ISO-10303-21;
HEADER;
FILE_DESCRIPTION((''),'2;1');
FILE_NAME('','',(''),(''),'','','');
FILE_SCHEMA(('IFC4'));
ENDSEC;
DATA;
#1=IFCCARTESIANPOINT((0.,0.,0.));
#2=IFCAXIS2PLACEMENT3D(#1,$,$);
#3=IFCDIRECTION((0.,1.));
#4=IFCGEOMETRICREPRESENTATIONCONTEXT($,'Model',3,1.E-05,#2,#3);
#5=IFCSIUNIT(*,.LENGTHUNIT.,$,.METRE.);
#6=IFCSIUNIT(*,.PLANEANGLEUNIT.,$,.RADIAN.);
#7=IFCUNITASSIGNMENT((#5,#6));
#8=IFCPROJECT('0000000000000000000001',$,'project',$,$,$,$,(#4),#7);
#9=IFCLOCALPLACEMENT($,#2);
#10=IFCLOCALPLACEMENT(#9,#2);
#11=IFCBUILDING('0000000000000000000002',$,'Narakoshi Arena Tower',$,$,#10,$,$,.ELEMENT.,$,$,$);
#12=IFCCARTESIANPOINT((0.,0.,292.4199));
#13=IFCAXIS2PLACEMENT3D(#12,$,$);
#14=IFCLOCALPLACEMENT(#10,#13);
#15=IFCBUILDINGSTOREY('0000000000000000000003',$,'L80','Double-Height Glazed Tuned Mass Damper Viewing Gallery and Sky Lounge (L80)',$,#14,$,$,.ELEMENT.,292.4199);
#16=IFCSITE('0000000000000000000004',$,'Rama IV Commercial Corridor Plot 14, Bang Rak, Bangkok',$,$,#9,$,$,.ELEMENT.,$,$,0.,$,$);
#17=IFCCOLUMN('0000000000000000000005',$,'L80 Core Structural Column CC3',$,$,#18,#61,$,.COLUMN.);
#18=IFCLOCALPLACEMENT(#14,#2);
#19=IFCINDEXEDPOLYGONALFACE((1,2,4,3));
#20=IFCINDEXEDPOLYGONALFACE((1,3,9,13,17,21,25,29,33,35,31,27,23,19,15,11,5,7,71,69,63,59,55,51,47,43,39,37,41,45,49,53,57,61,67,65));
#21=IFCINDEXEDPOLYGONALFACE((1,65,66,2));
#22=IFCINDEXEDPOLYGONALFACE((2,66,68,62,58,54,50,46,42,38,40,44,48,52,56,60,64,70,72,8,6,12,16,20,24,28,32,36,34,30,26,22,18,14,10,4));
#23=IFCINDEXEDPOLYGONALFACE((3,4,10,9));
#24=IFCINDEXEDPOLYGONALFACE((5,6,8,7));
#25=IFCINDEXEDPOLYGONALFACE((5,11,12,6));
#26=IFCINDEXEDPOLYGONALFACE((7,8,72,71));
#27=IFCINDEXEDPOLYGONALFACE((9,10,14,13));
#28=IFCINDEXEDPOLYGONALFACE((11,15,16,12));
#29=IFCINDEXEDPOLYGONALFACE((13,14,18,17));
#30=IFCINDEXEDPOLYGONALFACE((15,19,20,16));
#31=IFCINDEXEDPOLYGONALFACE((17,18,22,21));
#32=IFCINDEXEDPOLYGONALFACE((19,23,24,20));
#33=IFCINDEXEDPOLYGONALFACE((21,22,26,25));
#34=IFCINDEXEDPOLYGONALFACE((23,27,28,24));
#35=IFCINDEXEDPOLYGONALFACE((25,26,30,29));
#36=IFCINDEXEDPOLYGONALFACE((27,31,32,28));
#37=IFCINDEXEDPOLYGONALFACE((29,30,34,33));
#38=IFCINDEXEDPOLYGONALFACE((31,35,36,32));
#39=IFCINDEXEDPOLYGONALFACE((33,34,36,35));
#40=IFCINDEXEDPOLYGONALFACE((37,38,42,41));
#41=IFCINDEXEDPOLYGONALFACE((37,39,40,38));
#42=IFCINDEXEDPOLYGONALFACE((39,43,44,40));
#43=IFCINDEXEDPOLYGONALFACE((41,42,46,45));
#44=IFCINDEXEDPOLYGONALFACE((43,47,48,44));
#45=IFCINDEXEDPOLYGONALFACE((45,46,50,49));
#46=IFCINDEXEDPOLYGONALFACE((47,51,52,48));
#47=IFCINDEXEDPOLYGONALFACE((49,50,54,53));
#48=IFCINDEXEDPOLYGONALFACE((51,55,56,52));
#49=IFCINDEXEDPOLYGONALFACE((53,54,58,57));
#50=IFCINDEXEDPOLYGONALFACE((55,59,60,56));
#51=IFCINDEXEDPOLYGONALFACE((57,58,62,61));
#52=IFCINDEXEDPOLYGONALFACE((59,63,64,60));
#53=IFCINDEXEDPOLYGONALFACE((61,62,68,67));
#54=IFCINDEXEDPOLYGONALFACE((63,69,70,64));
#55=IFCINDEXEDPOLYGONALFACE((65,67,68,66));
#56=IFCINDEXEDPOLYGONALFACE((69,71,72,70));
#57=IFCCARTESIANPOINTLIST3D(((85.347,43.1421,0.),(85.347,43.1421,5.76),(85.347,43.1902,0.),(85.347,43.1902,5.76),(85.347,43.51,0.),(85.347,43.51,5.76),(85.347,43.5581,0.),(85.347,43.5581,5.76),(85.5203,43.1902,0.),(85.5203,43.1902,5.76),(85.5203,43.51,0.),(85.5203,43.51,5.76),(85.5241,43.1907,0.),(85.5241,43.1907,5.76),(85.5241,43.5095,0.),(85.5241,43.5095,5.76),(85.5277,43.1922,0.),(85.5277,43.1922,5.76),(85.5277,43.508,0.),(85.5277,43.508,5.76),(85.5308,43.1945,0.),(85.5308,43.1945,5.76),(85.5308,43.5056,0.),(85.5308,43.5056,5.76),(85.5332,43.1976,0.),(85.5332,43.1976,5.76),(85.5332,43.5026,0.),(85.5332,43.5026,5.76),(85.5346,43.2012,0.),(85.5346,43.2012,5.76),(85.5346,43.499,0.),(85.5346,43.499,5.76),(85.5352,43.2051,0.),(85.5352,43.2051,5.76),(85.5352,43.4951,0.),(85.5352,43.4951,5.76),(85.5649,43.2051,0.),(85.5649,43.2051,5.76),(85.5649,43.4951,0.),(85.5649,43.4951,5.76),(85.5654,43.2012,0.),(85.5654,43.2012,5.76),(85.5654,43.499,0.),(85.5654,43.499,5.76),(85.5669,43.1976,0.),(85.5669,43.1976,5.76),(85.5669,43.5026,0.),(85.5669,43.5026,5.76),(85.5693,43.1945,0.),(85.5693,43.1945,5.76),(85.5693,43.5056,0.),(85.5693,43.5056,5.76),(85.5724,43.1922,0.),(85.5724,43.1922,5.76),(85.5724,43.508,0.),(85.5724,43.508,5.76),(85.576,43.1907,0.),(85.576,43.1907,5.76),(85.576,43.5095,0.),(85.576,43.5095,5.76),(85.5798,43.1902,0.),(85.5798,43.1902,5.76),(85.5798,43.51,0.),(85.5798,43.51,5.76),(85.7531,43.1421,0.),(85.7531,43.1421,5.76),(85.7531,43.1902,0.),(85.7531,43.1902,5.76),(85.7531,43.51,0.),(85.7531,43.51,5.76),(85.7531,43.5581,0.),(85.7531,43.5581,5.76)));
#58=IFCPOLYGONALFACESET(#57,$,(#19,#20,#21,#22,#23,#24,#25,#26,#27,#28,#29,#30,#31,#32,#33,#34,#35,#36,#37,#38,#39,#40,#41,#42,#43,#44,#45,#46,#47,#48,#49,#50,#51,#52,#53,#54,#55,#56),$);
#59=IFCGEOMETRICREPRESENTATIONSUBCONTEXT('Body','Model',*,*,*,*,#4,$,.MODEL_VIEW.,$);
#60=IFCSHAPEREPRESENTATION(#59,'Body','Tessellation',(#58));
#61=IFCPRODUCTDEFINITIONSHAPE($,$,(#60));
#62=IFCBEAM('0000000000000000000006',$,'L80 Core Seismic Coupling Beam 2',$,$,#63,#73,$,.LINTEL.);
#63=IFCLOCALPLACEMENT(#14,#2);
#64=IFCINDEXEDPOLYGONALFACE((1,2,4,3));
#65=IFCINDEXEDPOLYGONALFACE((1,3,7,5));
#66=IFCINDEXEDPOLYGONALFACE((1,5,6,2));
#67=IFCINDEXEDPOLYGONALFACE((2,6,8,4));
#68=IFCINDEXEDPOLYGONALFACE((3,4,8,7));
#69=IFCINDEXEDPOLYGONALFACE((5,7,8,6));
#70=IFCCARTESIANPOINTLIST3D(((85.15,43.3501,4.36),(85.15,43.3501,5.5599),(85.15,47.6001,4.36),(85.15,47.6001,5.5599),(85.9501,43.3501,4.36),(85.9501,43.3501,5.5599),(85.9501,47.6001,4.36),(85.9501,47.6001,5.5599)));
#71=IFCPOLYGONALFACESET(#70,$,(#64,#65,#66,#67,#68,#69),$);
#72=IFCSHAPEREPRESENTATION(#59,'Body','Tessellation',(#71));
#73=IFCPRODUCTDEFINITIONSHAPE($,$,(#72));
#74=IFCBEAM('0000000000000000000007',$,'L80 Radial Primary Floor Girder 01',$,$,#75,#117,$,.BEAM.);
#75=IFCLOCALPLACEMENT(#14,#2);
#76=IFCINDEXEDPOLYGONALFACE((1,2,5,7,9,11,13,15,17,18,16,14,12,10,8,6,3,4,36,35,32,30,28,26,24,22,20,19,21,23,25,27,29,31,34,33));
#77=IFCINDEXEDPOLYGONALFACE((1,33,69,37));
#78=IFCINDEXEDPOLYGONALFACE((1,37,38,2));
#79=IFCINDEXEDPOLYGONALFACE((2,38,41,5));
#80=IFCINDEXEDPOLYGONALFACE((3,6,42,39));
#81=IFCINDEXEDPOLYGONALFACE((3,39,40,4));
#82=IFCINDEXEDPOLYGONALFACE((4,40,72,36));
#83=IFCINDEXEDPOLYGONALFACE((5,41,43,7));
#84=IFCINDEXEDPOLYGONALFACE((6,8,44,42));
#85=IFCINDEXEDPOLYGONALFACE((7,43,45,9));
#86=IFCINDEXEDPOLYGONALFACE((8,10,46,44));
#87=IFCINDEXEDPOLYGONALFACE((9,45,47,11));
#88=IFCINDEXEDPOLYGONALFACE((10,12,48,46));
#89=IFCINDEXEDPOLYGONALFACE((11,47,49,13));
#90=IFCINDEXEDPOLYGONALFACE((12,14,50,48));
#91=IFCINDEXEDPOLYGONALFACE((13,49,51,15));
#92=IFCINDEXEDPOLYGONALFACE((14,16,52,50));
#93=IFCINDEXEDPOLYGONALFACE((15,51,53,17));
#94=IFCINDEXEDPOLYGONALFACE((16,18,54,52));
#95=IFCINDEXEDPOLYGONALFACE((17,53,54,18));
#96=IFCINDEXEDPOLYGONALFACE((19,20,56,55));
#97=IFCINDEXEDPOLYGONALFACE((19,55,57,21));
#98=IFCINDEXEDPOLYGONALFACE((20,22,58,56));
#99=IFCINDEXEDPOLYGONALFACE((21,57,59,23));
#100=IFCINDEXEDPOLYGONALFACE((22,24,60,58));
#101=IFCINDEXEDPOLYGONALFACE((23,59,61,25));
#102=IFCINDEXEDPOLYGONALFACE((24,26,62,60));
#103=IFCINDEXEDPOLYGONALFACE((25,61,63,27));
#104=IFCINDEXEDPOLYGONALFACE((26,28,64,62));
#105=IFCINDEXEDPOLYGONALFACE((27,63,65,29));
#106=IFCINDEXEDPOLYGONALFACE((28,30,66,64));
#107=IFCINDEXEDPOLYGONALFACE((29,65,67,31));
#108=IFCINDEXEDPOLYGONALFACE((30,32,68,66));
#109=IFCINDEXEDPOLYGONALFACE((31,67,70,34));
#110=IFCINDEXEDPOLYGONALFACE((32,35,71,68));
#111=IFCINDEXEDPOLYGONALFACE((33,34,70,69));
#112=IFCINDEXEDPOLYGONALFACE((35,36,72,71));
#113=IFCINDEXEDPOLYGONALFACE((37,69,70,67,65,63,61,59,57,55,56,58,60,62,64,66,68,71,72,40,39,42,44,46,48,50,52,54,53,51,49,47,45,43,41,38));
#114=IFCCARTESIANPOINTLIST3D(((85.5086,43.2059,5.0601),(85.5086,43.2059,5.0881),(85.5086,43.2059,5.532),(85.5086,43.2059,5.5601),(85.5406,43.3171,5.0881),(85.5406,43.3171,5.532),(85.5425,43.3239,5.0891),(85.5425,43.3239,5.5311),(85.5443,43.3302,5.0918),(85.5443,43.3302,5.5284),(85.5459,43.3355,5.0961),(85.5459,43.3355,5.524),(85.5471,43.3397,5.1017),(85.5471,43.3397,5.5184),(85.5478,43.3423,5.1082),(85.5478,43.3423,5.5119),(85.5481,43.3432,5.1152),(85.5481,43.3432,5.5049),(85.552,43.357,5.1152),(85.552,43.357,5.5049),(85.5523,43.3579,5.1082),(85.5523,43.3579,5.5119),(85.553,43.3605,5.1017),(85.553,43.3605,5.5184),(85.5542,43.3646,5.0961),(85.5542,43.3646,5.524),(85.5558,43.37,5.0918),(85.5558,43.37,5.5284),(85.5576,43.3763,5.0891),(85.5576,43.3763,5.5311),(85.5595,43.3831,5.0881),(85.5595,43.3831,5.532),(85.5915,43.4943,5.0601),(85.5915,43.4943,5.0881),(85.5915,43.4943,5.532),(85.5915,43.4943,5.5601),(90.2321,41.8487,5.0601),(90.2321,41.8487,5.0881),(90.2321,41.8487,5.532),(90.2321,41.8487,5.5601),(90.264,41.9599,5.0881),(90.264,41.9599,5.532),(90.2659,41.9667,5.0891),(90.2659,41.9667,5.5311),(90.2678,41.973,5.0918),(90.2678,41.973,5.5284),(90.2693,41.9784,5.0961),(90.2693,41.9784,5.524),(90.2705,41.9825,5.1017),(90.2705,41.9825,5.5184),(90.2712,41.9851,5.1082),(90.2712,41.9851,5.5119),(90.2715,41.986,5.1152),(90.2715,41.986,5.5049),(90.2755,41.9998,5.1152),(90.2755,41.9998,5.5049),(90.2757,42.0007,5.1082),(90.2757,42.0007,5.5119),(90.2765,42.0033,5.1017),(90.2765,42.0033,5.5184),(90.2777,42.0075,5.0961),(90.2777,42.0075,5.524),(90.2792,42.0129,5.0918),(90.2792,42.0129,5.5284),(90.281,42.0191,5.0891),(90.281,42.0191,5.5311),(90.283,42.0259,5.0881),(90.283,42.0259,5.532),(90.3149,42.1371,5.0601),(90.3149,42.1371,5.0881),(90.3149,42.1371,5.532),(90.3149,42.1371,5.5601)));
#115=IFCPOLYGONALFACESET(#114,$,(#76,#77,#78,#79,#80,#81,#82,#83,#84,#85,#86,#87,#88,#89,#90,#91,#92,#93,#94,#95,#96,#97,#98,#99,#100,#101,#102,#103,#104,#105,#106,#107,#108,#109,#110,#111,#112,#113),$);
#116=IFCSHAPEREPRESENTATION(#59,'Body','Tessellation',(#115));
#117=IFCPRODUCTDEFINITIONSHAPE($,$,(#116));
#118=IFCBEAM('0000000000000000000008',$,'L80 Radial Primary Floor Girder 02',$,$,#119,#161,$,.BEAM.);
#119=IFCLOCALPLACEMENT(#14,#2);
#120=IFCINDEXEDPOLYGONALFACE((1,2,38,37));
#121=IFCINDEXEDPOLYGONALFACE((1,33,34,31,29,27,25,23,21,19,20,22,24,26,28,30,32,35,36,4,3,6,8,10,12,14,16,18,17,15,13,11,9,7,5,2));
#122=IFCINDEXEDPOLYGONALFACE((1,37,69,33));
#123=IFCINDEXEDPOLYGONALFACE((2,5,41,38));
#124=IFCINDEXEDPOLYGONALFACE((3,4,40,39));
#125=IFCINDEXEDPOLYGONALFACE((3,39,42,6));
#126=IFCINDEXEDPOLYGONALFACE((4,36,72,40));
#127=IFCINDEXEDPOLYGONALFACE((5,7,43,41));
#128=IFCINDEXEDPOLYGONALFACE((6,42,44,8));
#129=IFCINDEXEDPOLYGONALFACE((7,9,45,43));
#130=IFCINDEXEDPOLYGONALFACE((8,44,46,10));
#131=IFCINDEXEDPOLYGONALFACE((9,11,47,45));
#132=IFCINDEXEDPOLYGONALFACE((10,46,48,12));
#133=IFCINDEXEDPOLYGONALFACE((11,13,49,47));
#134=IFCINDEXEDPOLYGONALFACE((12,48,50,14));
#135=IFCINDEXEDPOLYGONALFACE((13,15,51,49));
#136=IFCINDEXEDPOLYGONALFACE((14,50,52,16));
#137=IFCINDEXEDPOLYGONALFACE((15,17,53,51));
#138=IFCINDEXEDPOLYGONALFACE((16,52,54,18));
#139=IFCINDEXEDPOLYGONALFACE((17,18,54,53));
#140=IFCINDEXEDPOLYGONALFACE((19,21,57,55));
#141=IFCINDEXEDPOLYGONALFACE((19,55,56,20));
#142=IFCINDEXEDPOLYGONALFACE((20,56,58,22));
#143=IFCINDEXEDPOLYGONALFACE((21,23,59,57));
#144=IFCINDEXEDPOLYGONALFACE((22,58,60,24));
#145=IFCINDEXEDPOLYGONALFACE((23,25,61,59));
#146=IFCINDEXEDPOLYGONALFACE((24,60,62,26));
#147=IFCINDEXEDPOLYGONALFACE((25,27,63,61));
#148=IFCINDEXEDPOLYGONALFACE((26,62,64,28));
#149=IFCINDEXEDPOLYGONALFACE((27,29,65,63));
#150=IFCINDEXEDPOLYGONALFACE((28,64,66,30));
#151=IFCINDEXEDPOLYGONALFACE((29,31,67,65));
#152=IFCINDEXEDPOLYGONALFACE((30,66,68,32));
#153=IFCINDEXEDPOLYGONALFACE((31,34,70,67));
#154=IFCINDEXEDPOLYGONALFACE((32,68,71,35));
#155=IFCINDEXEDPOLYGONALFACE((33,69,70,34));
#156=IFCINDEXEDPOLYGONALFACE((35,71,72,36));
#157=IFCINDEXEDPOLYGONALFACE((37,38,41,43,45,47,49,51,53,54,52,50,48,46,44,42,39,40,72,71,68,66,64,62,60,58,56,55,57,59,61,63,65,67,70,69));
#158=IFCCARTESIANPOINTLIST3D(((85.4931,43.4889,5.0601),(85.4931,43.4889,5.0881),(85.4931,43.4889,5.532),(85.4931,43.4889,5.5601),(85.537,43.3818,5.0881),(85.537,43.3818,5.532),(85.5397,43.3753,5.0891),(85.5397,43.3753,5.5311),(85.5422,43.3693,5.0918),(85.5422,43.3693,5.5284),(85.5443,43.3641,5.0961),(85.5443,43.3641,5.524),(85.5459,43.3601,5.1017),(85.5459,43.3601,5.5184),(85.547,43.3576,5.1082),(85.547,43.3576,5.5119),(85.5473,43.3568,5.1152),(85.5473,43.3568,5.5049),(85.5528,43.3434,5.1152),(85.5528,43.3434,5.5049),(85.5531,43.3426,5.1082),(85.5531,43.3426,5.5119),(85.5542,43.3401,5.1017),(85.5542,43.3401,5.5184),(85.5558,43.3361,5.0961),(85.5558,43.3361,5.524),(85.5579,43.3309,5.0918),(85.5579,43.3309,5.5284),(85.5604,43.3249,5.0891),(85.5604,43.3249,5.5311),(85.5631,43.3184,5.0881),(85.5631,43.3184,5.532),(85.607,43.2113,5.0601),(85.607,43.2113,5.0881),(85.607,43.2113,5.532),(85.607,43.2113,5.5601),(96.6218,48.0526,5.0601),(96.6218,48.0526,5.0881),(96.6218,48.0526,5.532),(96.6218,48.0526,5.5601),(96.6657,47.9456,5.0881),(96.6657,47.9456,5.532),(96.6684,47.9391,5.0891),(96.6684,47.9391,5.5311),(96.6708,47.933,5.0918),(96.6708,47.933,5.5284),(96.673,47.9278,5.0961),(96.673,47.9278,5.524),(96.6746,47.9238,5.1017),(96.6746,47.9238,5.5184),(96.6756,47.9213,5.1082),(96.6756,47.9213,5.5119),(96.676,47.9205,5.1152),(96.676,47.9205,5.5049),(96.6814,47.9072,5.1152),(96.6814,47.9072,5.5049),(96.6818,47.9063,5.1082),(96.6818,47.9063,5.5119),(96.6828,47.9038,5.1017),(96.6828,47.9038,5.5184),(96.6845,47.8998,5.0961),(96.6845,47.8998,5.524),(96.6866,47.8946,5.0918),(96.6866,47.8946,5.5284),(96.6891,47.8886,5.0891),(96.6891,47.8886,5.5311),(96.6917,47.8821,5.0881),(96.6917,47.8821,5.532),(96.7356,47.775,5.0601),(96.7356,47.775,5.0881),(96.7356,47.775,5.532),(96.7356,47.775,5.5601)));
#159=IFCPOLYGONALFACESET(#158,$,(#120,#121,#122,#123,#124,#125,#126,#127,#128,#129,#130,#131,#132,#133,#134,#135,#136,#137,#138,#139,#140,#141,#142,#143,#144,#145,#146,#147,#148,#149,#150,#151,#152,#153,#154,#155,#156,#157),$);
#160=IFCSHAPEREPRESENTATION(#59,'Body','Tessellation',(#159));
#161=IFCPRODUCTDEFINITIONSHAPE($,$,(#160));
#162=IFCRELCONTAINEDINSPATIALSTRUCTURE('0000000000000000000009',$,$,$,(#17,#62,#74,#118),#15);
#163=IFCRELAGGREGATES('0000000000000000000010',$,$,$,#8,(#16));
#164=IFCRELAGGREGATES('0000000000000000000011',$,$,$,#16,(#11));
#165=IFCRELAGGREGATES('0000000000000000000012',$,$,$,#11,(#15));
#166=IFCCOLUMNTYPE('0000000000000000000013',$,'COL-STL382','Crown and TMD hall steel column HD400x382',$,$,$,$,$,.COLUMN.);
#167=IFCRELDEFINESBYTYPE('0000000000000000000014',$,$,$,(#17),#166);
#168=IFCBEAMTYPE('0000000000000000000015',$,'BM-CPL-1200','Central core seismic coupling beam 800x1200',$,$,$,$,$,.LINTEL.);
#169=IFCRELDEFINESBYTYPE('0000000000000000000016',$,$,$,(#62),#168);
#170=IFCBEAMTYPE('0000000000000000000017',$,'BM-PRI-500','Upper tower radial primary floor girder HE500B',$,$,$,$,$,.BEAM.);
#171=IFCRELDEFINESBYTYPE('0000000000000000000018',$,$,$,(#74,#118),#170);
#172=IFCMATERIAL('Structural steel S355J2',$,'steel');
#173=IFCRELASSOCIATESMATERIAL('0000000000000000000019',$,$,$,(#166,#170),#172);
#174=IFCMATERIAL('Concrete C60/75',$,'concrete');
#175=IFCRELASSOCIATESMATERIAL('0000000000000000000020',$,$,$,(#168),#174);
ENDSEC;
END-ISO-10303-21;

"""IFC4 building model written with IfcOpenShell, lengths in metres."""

from ifc_helpers import new_model, si_unit, direction, frame, origin, origin_2d, place, context, subcontext, project, spatial, rectangle, i_section, extrude, material, material_profile, profile_set, type_object, element, save


model = new_model("IFC4")

# Units and contexts
model_context = context("Model", 3, precision=1e-05, world=origin(), true_north=direction((0.0, 1.0)))
body_context = subcontext(model_context, "Body", "Model", "MODEL_VIEW")
ifc_project = project(units=[si_unit("LENGTHUNIT", "METRE"), si_unit("PLANEANGLEUNIT", "RADIAN")], contexts=[model_context])

# Site, building, storey
site_placement = place(None, origin())
site = spatial("IfcSite", under=ifc_project, at=site_placement, Name="Rama IV Commercial Corridor Plot 14, Bang Rak, Bangkok", CompositionType="ELEMENT", RefElevation=0.0)
building_placement = place(site_placement, origin())
building = spatial("IfcBuilding", under=site, at=building_placement, Name="Narakoshi Arena Tower", CompositionType="ELEMENT")
storey_placement = place(building_placement, frame((0.0, 0.0, 292.4199)))
storey = spatial("IfcBuildingStorey", under=building, at=storey_placement, Name="L80", Description="Double-Height Glazed Tuned Mass Damper Viewing Gallery and Sky Lounge (L80)", CompositionType="ELEMENT", Elevation=292.4199)

# Column
ifc_material_1 = material(Name="Structural steel S355J2", Category="steel")
ifc_material_profile_1 = material_profile(ifc_material_1, i_section(OverallWidth=0.406, OverallDepth=0.416, WebThickness=0.0298, FlangeThickness=0.0481, FilletRadius=0.0149, at=origin_2d()), Name="HD400x382")
ifc_profile_set_1 = profile_set([ifc_material_profile_1], Name="Structural steel S355J2")
column_type = type_object("IfcColumnType", Name="COL-STL382", Description="Crown and TMD hall steel column HD400x382", PredefinedType="COLUMN", material=ifc_profile_set_1)
column_placement = place(storey_placement, frame((85.55, 43.3501, 0.0), z_axis=(0.0, 0.0, 1.0), x_axis=(1.0, 0.0, 0.0)))
element("IfcColumn", 1, at=column_placement, inside=storey, type_object=column_type, Name="L80 Core Structural Column CC3", PredefinedType="COLUMN", context=body_context, shape_type="SweptSolid", body=[
    extrude(i_section(OverallWidth=0.406, OverallDepth=0.416, WebThickness=0.0298, FlangeThickness=0.0481, FilletRadius=0.0149, at=origin_2d()), origin(), (0.0, 0.0, 1.0), 5.76),
])

# Beams
ifc_material_2 = material(Name="Concrete C60/75", Category="concrete")
ifc_material_profile_2 = material_profile(ifc_material_2, rectangle(XDim=0.8, YDim=1.2, at=origin_2d()), Name="RCB800x1200")
ifc_profile_set_2 = profile_set([ifc_material_profile_2], Name="Concrete C60/75")
beam_type_1 = type_object("IfcBeamType", Name="BM-CPL-1200", Description="Central core seismic coupling beam 800x1200", PredefinedType="LINTEL", material=ifc_profile_set_2)
beam_1_placement = place(storey_placement, frame((85.55, 43.3501, 4.96), z_axis=(0.0, 1.0, 0.0), x_axis=(-1.0, 0.0, 0.0)))
element("IfcBeam", 2, at=beam_1_placement, inside=storey, type_object=beam_type_1, Name="L80 Core Seismic Coupling Beam 2", PredefinedType="LINTEL", context=body_context, shape_type="SweptSolid", body=[
    extrude(rectangle(XDim=0.8, YDim=1.2, at=origin_2d()), origin(), (0.0, 0.0, 1.0), 4.25),
])
ifc_material_profile_3 = material_profile(ifc_material_1, i_section(OverallWidth=0.3, OverallDepth=0.5, WebThickness=0.0144, FlangeThickness=0.0281, FilletRadius=0.0271, at=origin_2d()), Name="HE500B")
ifc_profile_set_3 = profile_set([ifc_material_profile_3], Name="Structural steel S355J2")
beam_type_2 = type_object("IfcBeamType", Name="BM-PRI-500", Description="Upper tower radial primary floor girder HE500B", PredefinedType="BEAM", material=ifc_profile_set_3)
beam_2_placement = place(storey_placement, frame((85.55, 43.3501, 5.3101), z_axis=(0.961112, -0.276158, 0.0), x_axis=(0.276158, 0.961112, 0.0)))
element("IfcBeam", 3, at=beam_2_placement, inside=storey, type_object=beam_type_2, Name="L80 Radial Primary Floor Girder 01", PredefinedType="BEAM", context=body_context, shape_type="SweptSolid", body=[
    extrude(i_section(OverallWidth=0.3, OverallDepth=0.5, WebThickness=0.0144, FlangeThickness=0.0281, FilletRadius=0.0271, at=origin_2d()), origin(), (0.0, 0.0, 1.0), 4.9146),
])
beam_3_placement = place(storey_placement, frame((85.55, 43.3501, 5.3101), z_axis=(0.925224, 0.379422, 0.0), x_axis=(-0.379422, 0.925224, 0.0)))
element("IfcBeam", 4, at=beam_3_placement, inside=storey, type_object=beam_type_2, Name="L80 Radial Primary Floor Girder 02", PredefinedType="BEAM", context=body_context, shape_type="SweptSolid", body=[
    extrude(i_section(OverallWidth=0.3, OverallDepth=0.5, WebThickness=0.0144, FlangeThickness=0.0281, FilletRadius=0.0271, at=origin_2d()), origin(), (0.0, 0.0, 1.0), 12.0281),
])

save(model, "model.ifc")
